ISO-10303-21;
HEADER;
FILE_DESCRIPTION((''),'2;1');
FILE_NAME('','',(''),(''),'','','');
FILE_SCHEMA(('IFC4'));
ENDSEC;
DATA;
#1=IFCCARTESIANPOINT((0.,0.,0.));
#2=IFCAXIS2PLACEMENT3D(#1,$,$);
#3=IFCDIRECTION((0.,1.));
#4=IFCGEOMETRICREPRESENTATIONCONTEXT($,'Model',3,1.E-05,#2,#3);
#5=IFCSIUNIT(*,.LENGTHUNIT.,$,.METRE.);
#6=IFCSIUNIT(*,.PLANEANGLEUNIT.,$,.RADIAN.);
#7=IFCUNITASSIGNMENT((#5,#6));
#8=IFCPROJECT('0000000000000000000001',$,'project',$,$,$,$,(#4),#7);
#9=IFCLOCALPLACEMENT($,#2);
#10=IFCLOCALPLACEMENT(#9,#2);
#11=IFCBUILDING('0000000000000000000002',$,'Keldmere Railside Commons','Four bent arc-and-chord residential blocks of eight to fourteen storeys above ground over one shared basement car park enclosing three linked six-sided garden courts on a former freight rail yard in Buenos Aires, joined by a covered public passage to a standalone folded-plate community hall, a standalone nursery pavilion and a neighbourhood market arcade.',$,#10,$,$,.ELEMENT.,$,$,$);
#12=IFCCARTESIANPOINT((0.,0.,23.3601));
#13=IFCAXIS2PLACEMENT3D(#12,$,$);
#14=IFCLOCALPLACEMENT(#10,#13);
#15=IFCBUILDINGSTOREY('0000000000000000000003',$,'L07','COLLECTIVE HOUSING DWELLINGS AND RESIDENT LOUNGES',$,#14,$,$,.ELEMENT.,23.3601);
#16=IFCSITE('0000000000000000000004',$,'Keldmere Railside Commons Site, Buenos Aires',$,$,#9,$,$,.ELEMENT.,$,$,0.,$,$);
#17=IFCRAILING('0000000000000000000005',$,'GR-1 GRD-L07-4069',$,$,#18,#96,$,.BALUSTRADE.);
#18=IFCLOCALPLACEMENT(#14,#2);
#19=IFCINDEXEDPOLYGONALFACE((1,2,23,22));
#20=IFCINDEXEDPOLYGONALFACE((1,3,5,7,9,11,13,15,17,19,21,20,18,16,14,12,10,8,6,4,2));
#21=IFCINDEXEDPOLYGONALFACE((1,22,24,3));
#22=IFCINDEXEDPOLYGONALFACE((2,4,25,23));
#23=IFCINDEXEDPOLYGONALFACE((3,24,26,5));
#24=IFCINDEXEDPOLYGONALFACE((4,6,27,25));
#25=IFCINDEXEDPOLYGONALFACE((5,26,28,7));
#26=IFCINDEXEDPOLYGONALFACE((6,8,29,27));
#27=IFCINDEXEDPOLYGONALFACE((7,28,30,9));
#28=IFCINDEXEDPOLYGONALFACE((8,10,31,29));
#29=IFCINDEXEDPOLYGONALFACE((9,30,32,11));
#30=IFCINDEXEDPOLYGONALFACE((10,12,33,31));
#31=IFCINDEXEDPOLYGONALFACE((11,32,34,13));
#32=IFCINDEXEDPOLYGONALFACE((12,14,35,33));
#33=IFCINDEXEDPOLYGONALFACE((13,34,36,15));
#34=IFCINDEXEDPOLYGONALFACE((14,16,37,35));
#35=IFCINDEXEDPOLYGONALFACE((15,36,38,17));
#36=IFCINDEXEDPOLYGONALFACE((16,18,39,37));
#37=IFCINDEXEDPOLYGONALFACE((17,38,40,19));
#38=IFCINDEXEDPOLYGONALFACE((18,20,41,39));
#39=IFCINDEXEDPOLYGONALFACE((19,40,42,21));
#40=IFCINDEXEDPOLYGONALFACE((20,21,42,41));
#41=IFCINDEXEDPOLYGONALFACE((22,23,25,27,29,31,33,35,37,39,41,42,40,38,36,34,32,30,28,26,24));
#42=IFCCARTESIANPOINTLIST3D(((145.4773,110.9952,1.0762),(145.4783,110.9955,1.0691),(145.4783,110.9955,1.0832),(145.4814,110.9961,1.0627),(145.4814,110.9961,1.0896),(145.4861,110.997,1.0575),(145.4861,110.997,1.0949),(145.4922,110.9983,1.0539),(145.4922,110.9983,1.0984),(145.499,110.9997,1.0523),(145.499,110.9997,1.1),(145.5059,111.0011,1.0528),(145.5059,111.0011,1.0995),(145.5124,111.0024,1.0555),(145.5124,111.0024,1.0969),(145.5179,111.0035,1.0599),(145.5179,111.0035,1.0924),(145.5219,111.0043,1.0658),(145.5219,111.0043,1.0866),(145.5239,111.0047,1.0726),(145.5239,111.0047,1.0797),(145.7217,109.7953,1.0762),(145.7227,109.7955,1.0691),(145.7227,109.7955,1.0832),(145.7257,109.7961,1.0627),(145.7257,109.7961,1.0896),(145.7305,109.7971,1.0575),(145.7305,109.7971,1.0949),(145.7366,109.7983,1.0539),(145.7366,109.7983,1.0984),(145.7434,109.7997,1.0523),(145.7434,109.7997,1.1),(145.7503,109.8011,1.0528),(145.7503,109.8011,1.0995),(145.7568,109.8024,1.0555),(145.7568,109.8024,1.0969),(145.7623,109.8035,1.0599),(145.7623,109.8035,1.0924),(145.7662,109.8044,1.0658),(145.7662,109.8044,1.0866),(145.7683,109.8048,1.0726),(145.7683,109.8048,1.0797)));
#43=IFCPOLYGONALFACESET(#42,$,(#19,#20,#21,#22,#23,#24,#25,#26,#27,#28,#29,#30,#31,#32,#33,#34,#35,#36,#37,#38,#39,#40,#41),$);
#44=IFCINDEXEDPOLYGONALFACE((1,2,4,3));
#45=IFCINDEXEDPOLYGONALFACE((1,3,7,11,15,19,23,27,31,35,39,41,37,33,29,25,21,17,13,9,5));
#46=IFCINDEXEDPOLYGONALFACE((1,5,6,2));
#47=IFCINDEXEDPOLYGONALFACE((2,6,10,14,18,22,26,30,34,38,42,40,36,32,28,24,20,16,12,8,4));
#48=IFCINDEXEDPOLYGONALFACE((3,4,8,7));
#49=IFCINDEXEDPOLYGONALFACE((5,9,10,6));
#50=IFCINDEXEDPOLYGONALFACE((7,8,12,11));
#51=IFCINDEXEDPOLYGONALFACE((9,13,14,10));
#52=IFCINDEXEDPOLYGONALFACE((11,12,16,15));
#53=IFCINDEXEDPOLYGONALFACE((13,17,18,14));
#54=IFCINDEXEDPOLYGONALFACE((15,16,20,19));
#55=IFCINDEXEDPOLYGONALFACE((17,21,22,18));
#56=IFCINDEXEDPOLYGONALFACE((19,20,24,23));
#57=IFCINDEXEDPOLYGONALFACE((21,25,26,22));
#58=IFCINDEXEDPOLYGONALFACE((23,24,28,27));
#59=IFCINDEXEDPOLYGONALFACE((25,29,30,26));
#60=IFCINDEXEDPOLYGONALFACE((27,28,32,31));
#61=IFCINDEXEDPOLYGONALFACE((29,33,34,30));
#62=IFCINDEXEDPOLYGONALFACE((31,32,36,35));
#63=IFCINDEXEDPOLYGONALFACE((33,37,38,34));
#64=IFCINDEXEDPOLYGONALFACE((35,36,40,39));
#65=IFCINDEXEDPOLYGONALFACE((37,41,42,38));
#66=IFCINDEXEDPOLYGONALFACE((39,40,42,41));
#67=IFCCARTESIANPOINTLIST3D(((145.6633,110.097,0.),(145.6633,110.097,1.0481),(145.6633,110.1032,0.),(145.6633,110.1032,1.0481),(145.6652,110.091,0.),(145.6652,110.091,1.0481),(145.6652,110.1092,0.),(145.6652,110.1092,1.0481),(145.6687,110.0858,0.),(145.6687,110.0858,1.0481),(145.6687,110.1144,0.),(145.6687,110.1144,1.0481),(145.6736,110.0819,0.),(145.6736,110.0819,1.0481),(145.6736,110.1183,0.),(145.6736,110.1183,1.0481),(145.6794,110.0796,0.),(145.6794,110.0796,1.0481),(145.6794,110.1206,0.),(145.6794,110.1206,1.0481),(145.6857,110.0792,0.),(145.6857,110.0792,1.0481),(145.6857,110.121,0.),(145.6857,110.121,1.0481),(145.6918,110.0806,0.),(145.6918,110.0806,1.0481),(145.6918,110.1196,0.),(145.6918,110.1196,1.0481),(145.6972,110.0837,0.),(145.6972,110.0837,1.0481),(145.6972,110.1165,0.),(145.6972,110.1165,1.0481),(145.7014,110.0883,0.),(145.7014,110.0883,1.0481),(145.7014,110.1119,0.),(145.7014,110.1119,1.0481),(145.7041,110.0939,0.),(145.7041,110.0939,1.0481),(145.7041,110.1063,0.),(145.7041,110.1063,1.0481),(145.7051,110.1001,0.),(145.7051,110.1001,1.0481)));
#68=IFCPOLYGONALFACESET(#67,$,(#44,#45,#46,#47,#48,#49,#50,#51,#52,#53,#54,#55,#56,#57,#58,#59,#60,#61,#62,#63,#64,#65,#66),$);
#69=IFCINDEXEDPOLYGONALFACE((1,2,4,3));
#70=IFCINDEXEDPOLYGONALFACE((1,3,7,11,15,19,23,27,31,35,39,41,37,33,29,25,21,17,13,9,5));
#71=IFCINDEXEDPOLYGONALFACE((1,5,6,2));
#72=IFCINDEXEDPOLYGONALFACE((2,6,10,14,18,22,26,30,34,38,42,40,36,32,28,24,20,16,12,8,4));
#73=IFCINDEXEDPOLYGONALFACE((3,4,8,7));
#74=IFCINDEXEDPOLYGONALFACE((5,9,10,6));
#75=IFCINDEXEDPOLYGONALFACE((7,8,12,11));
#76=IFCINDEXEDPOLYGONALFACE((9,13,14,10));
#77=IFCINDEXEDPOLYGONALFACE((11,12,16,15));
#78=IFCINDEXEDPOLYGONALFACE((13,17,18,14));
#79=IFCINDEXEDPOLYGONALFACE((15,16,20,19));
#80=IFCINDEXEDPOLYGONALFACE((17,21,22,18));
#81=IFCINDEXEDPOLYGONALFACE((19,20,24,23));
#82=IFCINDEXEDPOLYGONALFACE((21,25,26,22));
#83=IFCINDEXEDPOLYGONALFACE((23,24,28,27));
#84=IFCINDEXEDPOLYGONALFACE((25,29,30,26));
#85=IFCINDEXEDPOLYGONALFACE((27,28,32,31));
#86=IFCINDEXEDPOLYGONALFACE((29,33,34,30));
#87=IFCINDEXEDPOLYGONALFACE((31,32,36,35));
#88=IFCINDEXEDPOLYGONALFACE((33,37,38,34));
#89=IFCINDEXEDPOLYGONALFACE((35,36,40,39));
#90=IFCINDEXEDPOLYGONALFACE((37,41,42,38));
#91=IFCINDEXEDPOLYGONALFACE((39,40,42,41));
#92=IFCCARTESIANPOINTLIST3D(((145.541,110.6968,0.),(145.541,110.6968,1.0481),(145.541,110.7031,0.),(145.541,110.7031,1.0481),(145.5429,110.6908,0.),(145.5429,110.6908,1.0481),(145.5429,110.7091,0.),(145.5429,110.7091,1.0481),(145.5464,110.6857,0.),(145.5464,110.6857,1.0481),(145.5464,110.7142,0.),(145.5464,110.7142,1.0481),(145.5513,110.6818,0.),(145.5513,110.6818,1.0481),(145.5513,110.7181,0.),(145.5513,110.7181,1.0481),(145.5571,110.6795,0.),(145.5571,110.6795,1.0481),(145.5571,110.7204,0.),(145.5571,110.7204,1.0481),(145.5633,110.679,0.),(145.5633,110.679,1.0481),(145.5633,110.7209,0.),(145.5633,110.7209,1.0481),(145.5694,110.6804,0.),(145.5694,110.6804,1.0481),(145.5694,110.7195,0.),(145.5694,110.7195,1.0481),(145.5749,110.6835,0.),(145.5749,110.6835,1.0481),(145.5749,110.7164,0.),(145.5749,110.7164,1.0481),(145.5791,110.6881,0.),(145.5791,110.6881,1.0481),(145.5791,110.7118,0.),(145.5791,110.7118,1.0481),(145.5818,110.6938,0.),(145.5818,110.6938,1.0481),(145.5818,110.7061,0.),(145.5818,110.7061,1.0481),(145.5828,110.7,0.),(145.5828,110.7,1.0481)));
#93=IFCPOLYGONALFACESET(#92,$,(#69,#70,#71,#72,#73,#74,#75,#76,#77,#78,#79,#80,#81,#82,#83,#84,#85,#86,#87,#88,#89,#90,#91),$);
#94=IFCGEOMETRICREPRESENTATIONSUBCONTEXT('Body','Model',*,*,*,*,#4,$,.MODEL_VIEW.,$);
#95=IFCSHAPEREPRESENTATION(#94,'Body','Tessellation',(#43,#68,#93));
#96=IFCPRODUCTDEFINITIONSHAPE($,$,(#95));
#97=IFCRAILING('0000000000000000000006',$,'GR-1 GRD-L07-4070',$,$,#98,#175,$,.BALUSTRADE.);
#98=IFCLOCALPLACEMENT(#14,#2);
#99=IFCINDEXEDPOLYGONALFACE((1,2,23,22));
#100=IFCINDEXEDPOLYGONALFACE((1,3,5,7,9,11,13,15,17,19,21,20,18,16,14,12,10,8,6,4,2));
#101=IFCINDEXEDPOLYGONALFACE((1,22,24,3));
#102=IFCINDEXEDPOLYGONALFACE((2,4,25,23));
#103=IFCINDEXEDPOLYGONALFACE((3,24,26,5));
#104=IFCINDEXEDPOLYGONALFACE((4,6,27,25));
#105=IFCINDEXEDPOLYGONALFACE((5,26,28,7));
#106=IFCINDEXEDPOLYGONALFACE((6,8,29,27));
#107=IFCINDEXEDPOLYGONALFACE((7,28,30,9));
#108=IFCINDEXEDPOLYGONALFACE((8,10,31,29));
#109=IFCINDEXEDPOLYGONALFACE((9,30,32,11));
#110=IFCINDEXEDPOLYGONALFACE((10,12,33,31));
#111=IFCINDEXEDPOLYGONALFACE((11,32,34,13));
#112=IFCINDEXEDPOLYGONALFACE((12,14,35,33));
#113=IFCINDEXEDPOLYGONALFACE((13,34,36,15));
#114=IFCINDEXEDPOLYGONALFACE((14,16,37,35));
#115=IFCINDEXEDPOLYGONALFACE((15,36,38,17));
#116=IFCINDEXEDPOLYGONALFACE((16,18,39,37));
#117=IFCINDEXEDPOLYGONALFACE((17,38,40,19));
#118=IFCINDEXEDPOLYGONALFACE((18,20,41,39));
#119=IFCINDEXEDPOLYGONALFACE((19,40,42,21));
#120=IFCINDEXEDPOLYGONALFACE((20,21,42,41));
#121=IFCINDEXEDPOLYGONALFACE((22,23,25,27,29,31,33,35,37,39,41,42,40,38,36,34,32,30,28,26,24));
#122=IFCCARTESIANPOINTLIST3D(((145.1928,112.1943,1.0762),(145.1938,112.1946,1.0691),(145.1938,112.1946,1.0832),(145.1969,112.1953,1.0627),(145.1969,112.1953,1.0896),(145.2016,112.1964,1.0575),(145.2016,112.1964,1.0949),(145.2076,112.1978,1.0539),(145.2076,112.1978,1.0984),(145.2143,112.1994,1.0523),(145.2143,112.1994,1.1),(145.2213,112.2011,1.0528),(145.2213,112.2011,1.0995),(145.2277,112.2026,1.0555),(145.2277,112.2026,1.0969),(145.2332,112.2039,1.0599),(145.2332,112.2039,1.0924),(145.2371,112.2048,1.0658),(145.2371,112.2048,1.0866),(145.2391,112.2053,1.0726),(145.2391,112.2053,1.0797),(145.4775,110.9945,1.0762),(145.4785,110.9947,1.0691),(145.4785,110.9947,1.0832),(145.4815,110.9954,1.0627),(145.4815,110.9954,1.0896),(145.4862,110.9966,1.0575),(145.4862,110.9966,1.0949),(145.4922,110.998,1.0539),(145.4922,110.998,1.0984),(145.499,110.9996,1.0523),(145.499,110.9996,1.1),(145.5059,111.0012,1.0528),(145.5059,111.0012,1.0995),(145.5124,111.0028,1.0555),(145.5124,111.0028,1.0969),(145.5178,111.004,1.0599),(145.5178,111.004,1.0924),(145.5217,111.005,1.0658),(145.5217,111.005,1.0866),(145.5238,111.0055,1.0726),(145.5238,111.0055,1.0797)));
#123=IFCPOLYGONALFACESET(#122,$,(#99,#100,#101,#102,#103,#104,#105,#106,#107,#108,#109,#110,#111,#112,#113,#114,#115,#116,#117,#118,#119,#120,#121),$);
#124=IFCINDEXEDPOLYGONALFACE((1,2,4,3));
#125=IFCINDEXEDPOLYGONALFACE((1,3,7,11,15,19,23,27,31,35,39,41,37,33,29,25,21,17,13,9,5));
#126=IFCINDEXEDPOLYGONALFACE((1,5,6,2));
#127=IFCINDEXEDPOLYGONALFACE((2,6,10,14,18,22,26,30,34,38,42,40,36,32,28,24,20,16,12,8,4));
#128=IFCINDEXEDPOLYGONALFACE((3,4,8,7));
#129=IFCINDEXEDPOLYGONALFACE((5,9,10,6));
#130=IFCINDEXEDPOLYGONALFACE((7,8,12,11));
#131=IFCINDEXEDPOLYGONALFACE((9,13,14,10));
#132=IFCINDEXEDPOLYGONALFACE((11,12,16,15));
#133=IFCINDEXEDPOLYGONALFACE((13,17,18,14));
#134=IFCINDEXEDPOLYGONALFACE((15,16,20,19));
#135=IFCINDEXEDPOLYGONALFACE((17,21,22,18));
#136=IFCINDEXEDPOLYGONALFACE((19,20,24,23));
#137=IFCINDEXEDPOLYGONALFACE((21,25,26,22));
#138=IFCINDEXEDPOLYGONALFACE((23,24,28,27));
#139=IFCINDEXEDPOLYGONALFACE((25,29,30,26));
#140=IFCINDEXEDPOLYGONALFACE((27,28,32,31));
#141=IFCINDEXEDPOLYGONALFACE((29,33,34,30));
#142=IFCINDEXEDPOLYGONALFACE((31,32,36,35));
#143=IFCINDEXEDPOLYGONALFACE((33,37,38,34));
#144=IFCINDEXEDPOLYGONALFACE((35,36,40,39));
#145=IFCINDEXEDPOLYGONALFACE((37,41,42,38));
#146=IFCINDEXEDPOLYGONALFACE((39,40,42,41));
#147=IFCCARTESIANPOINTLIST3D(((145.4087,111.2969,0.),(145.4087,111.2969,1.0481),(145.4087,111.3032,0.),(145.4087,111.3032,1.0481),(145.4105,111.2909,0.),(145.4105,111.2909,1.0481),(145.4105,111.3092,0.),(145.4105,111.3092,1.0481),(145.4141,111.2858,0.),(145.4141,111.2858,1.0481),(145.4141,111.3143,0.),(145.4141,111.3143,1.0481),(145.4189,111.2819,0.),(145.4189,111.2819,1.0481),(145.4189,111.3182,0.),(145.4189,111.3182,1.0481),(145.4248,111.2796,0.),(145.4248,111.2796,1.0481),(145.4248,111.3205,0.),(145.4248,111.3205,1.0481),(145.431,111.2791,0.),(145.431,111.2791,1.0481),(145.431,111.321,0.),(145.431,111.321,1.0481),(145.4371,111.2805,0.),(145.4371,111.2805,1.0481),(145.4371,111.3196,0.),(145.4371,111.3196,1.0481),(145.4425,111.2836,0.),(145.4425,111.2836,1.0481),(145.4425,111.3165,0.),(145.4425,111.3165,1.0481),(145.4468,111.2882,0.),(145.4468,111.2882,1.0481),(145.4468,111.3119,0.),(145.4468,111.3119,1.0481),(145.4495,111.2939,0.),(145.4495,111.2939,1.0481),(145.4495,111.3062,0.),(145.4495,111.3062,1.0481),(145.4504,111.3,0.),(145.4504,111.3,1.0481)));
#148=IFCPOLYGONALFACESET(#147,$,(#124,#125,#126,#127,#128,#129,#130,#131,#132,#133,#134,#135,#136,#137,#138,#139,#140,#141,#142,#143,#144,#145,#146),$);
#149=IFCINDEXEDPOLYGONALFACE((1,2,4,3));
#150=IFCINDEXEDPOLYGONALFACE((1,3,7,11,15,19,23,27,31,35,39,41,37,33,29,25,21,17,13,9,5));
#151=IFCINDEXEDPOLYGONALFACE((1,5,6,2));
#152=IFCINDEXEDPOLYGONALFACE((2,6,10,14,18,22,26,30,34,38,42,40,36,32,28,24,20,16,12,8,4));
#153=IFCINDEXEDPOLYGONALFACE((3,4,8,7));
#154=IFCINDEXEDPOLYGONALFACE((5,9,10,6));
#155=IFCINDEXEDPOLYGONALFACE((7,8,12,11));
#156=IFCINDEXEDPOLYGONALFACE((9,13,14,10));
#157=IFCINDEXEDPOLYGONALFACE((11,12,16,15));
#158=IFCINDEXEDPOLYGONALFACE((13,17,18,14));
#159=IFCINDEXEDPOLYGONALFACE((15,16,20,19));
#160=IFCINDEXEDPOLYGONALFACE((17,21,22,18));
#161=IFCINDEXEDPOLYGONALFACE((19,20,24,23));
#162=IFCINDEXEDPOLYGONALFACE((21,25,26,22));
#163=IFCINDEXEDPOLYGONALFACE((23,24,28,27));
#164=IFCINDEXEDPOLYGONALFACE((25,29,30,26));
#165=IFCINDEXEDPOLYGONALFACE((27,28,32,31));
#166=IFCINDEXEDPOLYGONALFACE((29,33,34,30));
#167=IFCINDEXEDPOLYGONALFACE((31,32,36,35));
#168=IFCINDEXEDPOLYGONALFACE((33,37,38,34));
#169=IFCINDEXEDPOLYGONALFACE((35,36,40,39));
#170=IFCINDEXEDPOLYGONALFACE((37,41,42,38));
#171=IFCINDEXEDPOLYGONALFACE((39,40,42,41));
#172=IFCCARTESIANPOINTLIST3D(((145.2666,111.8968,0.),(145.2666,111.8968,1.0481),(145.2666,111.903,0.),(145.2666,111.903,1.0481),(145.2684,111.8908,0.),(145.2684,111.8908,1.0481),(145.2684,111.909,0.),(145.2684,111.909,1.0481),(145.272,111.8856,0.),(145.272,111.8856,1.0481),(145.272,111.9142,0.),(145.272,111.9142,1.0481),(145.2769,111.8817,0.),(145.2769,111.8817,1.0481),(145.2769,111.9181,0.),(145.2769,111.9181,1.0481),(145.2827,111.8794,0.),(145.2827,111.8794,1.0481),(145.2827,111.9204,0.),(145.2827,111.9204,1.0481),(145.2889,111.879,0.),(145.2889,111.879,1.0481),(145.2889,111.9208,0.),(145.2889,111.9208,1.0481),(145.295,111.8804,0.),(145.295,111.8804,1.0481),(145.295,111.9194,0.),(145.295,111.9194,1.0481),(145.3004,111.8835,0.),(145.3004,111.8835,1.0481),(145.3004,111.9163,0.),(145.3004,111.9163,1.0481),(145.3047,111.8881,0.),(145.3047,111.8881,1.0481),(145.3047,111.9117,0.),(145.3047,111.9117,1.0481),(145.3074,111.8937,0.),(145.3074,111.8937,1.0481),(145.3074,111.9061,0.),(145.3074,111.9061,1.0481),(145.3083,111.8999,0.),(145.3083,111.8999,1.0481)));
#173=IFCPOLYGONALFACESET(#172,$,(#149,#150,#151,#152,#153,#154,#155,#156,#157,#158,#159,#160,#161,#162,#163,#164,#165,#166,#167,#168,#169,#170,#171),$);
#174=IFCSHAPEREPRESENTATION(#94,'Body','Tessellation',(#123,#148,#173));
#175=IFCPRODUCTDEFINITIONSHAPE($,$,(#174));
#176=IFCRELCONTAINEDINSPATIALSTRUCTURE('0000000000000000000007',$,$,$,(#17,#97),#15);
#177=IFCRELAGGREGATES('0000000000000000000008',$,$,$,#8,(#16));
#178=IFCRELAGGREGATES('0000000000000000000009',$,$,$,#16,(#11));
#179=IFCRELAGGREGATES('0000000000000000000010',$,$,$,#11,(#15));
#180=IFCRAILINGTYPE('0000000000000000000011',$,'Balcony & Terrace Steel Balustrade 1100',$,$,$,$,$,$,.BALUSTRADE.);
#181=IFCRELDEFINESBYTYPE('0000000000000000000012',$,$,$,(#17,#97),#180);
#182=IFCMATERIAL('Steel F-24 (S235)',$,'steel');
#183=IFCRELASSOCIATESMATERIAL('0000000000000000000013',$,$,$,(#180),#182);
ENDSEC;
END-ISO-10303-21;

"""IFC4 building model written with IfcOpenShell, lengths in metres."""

from ifc_helpers import new_model, si_unit, direction, frame, origin, origin_2d, place, context, subcontext, project, spatial, circle, extrude, material, type_object, element, save


model = new_model("IFC4")

# Units and contexts
model_context = context("Model", 3, precision=1e-05, world=origin(), true_north=direction((0.0, 1.0)))
body_context = subcontext(model_context, "Body", "Model", "MODEL_VIEW")
ifc_project = project(units=[si_unit("LENGTHUNIT", "METRE"), si_unit("PLANEANGLEUNIT", "RADIAN")], contexts=[model_context])

# Site, building, storey
site_placement = place(None, origin())
site = spatial("IfcSite", under=ifc_project, at=site_placement, Name="Keldmere Railside Commons Site, Buenos Aires", CompositionType="ELEMENT", RefElevation=0.0)
building_placement = place(site_placement, origin())
building = spatial("IfcBuilding", under=site, at=building_placement, Name="Keldmere Railside Commons", Description="Four bent arc-and-chord residential blocks of eight to fourteen storeys above ground over one shared basement car park enclosing three linked six-sided garden courts on a former freight rail yard in Buenos Aires, joined by a covered public passage to a standalone folded-plate community hall, a standalone nursery pavilion and a neighbourhood market arcade.", CompositionType="ELEMENT")
storey_placement = place(building_placement, frame((0.0, 0.0, 23.3601)))
storey = spatial("IfcBuildingStorey", under=building, at=storey_placement, Name="L07", Description="COLLECTIVE HOUSING DWELLINGS AND RESIDENT LOUNGES", CompositionType="ELEMENT", Elevation=23.3601)

# Railings
ifc_material_1 = material(Name="Steel F-24 (S235)", Category="steel")
railing_type = type_object("IfcRailingType", Name="Balcony & Terrace Steel Balustrade 1100", PredefinedType="BALUSTRADE", material=ifc_material_1)
railing_1_placement = place(storey_placement, frame((145.7451, 109.8, 0.0)))
element("IfcRailing", 1, at=railing_1_placement, inside=storey, type_object=railing_type, Name="GR-1 GRD-L07-4069", PredefinedType="BALUSTRADE", context=body_context, shape_type="SweptSolid", body=[
    extrude(circle(Radius=0.0239, at=origin_2d()), frame((0.0, 0.0, 1.0762), z_axis=(-0.199565, 0.979884, 0.0), x_axis=(-0.979884, -0.199565, 0.0)), (0.0, 0.0, 1.0), 1.2246),
    extrude(circle(Radius=0.021, at=origin_2d()), frame((-0.061, 0.3, 0.0)), (0.0, 0.0, 1.0), 1.0481),
    extrude(circle(Radius=0.021, at=origin_2d()), frame((-0.1833, 0.8999, 0.0)), (0.0, 0.0, 1.0), 1.0481),
])
railing_2_placement = place(storey_placement, frame((145.5007, 111.0, 0.0)))
element("IfcRailing", 2, at=railing_2_placement, inside=storey, type_object=railing_type, Name="GR-1 GRD-L07-4070", PredefinedType="BALUSTRADE", context=body_context, shape_type="SweptSolid", body=[
    extrude(circle(Radius=0.0239, at=origin_2d()), frame((0.0, 0.0, 1.0762), z_axis=(-0.230826, 0.972995, 0.0), x_axis=(-0.972995, -0.230826, 0.0)), (0.0, 0.0, 1.0), 1.2332),
    extrude(circle(Radius=0.021, at=origin_2d()), frame((-0.0713, 0.3, 0.0)), (0.0, 0.0, 1.0), 1.0481),
    extrude(circle(Radius=0.021, at=origin_2d()), frame((-0.2134, 0.8999, 0.0)), (0.0, 0.0, 1.0), 1.0481),
])

save(model, "model.ifc")
